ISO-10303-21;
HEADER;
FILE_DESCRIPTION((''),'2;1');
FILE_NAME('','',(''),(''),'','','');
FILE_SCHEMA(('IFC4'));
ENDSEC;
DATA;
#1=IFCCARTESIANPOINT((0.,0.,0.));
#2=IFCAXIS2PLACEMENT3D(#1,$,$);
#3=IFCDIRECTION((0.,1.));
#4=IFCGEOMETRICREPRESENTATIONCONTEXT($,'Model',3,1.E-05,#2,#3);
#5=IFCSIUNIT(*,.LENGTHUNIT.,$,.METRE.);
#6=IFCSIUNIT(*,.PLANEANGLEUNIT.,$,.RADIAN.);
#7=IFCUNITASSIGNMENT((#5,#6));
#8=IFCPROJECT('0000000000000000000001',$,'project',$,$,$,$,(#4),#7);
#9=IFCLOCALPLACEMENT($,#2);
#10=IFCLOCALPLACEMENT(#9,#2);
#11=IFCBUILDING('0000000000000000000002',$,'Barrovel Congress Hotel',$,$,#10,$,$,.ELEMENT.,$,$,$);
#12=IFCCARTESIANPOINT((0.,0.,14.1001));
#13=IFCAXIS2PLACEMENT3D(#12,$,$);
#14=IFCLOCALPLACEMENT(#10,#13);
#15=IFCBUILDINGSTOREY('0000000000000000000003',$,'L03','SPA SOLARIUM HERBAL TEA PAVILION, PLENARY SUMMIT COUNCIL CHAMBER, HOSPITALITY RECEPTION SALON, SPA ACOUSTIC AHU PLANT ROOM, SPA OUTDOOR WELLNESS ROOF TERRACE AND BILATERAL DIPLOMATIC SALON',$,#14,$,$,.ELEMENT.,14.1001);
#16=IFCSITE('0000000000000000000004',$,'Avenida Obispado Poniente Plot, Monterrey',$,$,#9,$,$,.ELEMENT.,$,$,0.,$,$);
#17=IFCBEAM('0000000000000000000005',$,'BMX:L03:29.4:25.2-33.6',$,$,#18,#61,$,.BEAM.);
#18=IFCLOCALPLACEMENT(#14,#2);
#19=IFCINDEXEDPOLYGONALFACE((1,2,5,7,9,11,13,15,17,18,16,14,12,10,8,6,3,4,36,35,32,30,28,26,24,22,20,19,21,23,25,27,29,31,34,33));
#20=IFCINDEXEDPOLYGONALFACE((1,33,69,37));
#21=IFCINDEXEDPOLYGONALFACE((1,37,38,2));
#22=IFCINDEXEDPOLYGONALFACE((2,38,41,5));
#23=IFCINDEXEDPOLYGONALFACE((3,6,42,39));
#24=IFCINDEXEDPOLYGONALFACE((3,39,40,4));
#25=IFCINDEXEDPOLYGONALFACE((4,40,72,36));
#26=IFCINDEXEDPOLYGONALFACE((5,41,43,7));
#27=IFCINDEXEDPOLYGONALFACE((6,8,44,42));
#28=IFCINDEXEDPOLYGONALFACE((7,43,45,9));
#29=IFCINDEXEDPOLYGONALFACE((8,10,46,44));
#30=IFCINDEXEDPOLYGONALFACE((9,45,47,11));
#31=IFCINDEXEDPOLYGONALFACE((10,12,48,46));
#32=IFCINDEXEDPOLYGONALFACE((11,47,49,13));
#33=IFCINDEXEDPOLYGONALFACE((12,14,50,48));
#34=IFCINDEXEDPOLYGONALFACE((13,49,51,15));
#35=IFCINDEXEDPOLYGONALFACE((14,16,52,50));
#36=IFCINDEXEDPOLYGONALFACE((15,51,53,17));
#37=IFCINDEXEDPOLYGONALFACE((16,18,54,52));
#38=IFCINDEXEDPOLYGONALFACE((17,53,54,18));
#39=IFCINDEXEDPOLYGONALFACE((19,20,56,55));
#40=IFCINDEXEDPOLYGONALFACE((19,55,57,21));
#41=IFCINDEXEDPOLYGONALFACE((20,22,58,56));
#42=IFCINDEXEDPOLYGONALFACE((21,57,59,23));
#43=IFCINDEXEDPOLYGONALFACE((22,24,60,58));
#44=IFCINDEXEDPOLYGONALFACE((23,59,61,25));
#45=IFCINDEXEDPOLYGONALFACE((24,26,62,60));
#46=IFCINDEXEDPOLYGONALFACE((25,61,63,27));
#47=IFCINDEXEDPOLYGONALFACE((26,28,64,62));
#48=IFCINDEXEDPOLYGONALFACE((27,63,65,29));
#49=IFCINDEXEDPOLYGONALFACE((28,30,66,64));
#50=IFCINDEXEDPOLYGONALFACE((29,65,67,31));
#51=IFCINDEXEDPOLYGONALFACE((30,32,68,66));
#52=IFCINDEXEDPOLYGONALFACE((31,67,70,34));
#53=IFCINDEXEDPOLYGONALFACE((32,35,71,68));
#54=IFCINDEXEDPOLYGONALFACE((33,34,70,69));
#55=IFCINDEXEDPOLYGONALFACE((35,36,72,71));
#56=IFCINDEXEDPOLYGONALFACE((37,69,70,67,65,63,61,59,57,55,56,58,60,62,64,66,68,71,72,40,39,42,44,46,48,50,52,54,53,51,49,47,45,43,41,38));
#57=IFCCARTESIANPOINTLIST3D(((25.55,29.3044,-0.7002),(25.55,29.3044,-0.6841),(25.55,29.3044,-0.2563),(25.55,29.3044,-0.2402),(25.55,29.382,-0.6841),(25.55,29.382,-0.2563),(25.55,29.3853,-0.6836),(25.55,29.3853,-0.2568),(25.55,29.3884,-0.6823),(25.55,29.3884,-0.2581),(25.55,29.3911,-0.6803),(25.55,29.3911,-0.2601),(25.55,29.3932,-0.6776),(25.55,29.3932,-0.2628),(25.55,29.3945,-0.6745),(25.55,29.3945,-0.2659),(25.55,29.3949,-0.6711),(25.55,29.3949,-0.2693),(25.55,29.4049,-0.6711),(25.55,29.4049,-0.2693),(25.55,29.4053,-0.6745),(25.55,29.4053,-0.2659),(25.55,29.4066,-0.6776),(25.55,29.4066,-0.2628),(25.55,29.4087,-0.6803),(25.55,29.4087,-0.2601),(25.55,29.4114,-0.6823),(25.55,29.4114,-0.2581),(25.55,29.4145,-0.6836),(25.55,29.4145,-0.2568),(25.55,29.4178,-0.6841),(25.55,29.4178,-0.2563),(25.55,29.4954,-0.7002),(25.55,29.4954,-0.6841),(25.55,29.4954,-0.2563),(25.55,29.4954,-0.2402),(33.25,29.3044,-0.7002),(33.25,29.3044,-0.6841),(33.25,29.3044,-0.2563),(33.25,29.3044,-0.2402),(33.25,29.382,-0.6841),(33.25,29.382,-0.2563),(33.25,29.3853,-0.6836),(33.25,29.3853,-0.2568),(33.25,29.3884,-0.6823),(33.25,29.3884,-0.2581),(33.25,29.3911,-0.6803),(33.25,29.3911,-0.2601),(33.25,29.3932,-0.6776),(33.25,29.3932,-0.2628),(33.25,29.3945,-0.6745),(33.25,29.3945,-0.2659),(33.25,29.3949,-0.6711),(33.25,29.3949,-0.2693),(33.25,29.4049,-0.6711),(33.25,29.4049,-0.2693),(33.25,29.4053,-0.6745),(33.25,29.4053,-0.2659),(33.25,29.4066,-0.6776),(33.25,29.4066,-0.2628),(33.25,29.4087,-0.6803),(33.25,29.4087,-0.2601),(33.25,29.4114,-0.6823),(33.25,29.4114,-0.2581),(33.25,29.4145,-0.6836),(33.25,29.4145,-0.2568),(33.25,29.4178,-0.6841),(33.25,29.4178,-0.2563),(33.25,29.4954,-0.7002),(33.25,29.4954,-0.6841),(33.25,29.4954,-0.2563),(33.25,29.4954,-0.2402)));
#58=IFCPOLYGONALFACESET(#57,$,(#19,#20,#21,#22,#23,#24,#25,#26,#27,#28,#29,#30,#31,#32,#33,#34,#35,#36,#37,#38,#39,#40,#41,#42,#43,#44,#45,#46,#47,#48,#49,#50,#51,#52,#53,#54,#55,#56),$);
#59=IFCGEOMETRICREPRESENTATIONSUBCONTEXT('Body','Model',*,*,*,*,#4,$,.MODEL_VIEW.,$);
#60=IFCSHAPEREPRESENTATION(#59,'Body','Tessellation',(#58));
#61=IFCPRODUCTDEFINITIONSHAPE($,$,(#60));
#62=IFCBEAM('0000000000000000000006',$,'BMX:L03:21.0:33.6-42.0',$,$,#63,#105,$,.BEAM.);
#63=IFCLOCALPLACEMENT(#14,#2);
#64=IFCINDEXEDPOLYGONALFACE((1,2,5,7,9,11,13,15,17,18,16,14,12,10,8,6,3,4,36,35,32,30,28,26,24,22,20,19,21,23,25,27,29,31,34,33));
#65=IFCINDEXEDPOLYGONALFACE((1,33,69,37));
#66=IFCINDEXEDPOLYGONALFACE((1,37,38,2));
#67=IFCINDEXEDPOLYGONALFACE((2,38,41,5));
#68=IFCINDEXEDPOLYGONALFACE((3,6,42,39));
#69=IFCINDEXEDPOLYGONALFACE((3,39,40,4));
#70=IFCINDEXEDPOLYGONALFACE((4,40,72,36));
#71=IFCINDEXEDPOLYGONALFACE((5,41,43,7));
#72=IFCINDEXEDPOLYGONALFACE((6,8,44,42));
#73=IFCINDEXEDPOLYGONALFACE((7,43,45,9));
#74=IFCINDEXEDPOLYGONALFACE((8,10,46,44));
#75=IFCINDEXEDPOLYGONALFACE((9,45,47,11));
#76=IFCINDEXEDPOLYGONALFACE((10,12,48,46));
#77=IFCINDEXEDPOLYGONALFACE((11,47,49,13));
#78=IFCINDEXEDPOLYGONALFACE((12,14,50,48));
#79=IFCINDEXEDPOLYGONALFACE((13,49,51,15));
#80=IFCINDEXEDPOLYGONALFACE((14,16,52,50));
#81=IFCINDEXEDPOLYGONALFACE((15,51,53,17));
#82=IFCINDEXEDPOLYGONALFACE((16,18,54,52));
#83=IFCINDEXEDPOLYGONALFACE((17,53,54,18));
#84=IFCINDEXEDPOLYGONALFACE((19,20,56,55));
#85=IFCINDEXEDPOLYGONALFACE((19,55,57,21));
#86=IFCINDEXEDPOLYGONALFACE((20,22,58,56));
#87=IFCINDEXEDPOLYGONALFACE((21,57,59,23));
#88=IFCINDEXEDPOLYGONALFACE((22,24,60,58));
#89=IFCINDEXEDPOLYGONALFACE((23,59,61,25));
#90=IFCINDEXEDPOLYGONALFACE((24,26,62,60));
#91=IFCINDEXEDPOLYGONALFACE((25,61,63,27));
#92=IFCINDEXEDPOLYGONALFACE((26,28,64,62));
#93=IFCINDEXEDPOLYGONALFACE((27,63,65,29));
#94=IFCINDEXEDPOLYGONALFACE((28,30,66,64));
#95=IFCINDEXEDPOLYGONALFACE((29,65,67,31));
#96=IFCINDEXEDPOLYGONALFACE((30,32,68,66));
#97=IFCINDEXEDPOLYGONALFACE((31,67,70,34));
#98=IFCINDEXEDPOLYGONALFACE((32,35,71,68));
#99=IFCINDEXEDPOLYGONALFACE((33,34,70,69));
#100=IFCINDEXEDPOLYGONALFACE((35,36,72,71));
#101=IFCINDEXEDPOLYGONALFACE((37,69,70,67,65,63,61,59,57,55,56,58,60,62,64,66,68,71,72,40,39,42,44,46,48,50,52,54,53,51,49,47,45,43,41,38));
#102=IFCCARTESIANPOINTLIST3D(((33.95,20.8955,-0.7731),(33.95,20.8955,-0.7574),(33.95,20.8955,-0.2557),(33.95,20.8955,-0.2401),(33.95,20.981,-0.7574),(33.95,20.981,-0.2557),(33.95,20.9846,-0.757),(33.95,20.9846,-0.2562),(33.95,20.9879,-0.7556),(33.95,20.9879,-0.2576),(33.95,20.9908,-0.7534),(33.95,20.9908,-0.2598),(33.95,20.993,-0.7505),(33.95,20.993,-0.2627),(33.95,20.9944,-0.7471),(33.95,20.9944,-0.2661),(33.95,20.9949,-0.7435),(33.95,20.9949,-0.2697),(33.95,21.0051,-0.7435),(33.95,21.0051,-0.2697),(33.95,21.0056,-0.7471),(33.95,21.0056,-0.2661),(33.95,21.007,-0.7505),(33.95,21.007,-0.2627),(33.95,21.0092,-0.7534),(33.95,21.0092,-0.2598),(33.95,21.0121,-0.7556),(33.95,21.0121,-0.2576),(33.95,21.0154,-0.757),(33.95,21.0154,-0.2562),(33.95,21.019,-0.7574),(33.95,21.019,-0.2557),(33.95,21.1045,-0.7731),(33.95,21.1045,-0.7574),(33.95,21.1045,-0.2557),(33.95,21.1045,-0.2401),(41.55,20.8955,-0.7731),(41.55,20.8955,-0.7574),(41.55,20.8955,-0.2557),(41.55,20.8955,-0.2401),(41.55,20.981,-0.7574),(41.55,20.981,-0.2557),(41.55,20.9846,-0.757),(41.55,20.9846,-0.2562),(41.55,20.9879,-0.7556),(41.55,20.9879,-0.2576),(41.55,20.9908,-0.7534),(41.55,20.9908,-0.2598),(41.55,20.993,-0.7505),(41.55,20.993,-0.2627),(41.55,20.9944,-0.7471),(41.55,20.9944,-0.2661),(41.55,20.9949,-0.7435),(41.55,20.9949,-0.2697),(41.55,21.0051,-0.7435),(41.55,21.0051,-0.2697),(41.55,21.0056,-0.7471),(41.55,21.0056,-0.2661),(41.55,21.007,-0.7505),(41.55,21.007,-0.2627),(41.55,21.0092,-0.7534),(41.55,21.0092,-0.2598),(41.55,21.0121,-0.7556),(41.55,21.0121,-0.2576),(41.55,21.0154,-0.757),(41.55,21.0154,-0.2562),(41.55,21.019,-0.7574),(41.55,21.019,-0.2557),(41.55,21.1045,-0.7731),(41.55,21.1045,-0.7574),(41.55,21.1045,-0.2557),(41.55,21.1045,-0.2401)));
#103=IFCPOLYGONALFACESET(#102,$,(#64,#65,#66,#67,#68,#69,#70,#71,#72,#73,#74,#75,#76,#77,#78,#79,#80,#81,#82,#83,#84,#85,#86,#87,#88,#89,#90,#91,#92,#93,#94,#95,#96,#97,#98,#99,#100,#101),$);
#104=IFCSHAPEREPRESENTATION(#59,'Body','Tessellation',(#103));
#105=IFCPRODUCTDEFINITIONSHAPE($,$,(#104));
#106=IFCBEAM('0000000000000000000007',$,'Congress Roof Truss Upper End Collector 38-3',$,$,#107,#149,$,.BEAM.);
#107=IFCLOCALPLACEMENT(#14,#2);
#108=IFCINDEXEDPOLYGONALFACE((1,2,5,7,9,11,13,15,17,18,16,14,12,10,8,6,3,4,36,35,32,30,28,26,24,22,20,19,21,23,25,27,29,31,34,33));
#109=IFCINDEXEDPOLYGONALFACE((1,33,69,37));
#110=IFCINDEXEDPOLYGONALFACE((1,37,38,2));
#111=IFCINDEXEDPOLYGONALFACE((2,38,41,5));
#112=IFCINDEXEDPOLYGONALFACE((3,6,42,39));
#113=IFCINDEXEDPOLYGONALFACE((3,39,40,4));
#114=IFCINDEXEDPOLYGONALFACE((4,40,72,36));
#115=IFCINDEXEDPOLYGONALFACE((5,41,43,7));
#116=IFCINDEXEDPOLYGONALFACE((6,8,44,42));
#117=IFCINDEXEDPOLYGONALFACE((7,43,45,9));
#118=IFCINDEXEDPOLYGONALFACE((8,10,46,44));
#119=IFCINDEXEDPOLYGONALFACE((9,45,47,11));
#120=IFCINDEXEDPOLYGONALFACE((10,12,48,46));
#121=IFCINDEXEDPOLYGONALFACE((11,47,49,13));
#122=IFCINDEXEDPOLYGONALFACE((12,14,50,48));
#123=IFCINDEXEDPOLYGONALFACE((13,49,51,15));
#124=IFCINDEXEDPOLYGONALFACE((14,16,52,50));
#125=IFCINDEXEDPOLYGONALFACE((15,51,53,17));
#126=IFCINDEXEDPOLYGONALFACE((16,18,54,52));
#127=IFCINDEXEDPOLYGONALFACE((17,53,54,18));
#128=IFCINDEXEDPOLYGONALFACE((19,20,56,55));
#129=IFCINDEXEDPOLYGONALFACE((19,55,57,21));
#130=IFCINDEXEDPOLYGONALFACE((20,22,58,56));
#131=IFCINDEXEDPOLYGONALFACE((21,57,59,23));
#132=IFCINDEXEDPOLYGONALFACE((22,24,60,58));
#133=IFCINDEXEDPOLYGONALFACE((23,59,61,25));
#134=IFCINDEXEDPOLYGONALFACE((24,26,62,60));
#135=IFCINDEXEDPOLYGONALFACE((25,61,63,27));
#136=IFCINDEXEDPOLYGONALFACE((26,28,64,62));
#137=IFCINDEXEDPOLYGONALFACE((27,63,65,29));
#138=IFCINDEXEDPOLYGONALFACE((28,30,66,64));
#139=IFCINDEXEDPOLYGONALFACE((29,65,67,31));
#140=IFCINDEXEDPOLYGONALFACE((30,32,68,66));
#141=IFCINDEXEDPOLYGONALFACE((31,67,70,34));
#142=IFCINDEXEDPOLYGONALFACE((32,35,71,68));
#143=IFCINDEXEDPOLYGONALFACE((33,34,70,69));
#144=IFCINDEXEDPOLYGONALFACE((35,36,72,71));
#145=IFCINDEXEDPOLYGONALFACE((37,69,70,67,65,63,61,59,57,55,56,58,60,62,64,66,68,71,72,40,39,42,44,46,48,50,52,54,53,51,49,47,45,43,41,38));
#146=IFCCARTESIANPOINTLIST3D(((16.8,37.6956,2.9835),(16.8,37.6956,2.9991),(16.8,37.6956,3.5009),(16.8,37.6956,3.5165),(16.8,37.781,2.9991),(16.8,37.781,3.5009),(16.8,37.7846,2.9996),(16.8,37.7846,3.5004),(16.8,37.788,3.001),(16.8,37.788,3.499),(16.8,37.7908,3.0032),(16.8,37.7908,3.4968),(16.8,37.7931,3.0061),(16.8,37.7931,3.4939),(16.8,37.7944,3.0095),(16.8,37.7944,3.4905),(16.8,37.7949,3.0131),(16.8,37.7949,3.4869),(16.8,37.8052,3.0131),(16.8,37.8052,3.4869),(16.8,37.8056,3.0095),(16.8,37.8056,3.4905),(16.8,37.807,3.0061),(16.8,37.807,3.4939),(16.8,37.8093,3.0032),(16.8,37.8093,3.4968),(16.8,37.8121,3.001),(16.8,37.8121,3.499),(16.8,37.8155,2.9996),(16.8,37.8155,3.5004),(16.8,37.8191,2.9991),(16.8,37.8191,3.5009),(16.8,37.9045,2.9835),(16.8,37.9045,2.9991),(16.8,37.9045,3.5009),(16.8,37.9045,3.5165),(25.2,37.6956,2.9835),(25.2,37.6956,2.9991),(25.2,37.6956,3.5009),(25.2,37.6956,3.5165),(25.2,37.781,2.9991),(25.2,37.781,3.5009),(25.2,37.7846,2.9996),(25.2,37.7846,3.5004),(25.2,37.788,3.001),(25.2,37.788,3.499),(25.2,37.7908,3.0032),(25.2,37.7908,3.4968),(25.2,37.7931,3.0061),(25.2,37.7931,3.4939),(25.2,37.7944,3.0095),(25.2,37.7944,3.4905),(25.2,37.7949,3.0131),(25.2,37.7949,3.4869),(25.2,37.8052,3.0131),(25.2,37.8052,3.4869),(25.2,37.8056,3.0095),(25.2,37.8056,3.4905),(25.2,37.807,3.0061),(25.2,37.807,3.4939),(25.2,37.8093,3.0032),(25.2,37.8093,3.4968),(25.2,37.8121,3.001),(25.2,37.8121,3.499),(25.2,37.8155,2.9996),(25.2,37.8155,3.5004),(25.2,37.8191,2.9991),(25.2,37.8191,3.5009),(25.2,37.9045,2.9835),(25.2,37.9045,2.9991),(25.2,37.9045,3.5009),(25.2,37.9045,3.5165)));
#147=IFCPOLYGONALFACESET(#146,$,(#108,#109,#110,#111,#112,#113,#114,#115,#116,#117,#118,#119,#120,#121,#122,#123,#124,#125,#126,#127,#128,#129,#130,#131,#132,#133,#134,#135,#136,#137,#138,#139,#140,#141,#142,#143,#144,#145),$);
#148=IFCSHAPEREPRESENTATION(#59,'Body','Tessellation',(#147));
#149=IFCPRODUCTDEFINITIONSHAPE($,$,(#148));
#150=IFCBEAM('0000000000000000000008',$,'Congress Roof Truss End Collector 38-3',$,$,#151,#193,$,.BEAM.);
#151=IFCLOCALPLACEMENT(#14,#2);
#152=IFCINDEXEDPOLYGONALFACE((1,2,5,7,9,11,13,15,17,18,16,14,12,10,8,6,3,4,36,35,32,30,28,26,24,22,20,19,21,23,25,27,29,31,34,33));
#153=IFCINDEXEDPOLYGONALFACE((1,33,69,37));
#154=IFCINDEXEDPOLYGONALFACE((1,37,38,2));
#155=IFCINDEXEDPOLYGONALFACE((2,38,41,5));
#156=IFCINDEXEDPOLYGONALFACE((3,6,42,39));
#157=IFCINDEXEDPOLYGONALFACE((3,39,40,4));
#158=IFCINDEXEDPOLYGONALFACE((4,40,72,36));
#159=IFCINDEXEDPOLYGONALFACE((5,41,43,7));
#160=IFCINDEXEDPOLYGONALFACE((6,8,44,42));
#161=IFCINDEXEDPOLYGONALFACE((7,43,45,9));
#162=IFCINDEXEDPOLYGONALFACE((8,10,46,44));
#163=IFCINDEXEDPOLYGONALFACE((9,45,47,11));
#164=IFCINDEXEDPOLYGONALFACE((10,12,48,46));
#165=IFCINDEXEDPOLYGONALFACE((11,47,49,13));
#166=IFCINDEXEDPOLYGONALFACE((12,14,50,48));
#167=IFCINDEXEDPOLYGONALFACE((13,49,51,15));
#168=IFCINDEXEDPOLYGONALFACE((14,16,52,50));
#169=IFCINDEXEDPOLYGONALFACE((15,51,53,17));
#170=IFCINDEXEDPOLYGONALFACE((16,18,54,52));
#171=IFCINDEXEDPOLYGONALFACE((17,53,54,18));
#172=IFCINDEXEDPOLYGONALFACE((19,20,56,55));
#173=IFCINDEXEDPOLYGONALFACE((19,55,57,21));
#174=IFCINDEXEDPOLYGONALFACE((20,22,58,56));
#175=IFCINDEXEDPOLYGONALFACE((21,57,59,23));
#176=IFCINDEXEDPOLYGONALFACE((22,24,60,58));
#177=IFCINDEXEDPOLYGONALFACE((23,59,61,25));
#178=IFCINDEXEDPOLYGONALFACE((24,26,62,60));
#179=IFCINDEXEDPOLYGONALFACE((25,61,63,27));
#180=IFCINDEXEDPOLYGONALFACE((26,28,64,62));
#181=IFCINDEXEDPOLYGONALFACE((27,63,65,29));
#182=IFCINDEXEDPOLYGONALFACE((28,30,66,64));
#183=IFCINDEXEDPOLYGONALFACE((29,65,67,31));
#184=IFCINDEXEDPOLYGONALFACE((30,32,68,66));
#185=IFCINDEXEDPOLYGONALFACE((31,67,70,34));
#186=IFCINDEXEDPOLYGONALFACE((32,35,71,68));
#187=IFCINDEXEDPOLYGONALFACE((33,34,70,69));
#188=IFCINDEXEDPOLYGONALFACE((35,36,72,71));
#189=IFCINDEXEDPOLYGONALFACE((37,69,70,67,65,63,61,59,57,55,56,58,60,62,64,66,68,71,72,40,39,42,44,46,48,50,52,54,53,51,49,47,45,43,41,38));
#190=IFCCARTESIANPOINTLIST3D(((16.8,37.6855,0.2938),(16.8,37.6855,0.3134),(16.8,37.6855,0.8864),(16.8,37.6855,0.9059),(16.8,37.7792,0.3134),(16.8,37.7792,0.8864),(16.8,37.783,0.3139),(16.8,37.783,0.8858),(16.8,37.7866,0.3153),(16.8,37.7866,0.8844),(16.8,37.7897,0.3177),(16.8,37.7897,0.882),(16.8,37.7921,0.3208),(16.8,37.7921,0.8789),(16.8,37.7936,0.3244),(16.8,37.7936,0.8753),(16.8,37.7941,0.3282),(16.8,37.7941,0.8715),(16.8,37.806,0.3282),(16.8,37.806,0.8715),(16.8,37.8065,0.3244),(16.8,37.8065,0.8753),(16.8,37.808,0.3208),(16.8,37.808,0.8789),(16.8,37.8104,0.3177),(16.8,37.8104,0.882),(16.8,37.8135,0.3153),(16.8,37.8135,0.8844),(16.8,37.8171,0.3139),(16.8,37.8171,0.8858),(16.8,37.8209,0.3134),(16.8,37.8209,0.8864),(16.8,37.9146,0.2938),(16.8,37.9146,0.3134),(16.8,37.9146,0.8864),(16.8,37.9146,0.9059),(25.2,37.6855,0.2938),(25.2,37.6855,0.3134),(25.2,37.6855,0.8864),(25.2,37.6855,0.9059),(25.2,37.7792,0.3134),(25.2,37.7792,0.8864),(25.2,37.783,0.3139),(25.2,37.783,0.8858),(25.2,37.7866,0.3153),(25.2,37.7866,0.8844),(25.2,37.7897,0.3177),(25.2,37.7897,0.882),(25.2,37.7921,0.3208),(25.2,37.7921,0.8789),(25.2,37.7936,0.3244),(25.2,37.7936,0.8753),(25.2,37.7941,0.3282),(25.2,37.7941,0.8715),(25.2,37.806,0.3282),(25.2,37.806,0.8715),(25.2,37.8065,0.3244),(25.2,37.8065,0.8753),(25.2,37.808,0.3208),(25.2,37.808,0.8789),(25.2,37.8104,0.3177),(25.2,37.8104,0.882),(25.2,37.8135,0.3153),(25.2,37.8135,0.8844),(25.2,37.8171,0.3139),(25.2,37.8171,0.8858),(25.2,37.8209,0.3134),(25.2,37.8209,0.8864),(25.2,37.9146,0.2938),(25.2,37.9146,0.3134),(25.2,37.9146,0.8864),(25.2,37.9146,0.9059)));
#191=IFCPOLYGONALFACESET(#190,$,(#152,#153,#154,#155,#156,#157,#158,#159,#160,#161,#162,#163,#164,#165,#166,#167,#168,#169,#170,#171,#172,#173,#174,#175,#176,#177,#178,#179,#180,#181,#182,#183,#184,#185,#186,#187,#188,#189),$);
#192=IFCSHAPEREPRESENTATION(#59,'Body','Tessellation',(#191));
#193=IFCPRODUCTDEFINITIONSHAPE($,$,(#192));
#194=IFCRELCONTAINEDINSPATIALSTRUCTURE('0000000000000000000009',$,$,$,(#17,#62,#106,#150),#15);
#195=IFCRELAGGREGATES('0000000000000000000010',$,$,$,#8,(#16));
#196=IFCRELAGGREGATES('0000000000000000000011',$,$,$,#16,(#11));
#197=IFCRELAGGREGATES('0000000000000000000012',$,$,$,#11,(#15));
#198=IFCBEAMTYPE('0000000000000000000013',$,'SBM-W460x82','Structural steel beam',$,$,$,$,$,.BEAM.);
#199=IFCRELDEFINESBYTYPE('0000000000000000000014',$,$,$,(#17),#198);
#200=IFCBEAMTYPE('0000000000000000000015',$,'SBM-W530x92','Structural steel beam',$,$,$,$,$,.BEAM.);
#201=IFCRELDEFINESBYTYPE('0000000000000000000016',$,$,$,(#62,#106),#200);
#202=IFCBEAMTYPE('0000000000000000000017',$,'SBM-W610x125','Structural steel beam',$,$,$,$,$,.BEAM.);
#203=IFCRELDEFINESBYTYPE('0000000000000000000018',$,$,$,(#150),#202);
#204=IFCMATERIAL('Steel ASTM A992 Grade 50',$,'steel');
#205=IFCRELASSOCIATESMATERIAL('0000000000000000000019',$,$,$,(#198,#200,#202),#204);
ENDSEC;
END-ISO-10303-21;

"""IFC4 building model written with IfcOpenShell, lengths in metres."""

from ifc_helpers import new_model, si_unit, direction, frame, origin, origin_2d, place, context, subcontext, project, spatial, i_section, extrude, material, material_profile, profile_set, type_object, element, save


model = new_model("IFC4")

# Units and contexts
model_context = context("Model", 3, precision=1e-05, world=origin(), true_north=direction((0.0, 1.0)))
body_context = subcontext(model_context, "Body", "Model", "MODEL_VIEW")
ifc_project = project(units=[si_unit("LENGTHUNIT", "METRE"), si_unit("PLANEANGLEUNIT", "RADIAN")], contexts=[model_context])

# Site, building, storey
site_placement = place(None, origin())
site = spatial("IfcSite", under=ifc_project, at=site_placement, Name="Avenida Obispado Poniente Plot, Monterrey", CompositionType="ELEMENT", RefElevation=0.0)
building_placement = place(site_placement, origin())
building = spatial("IfcBuilding", under=site, at=building_placement, Name="Barrovel Congress Hotel", CompositionType="ELEMENT")
storey_placement = place(building_placement, frame((0.0, 0.0, 14.1001)))
storey = spatial("IfcBuildingStorey", under=building, at=storey_placement, Name="L03", Description="SPA SOLARIUM HERBAL TEA PAVILION, PLENARY SUMMIT COUNCIL CHAMBER, HOSPITALITY RECEPTION SALON, SPA ACOUSTIC AHU PLANT ROOM, SPA OUTDOOR WELLNESS ROOF TERRACE AND BILATERAL DIPLOMATIC SALON", CompositionType="ELEMENT", Elevation=14.1001)

# Beams
ifc_material_1 = material(Name="Steel ASTM A992 Grade 50", Category="steel")
ifc_material_profile_1 = material_profile(ifc_material_1, i_section(OverallWidth=0.1909, OverallDepth=0.46, WebThickness=0.01, FlangeThickness=0.0161, FilletRadius=0.0129, at=origin_2d()), Name="W460x82")
ifc_profile_set_1 = profile_set([ifc_material_profile_1], Name="Steel ASTM A992 Grade 50")
beam_type_1 = type_object("IfcBeamType", Name="SBM-W460x82", Description="Structural steel beam", PredefinedType="BEAM", material=ifc_profile_set_1)
beam_1_placement = place(storey_placement, frame((25.55, 29.3999, -0.4702), z_axis=(1.0, 0.0, 0.0), x_axis=(0.0, 1.0, 0.0)))
element("IfcBeam", 1, at=beam_1_placement, inside=storey, type_object=beam_type_1, Name="BMX:L03:29.4:25.2-33.6", PredefinedType="BEAM", context=body_context, shape_type="SweptSolid", body=[
    extrude(i_section(OverallWidth=0.1909, OverallDepth=0.46, WebThickness=0.01, FlangeThickness=0.0161, FilletRadius=0.0129, at=origin_2d()), origin(), (0.0, 0.0, 1.0), 7.7),
])
ifc_material_profile_2 = material_profile(ifc_material_1, i_section(OverallWidth=0.209, OverallDepth=0.533, WebThickness=0.0103, FlangeThickness=0.0156, FilletRadius=0.0139, at=origin_2d()), Name="W530x92")
ifc_profile_set_2 = profile_set([ifc_material_profile_2], Name="Steel ASTM A992 Grade 50")
beam_type_2 = type_object("IfcBeamType", Name="SBM-W530x92", Description="Structural steel beam", PredefinedType="BEAM", material=ifc_profile_set_2)
beam_2_placement = place(storey_placement, frame((33.95, 21.0, -0.5066), z_axis=(1.0, 0.0, 0.0), x_axis=(0.0, 1.0, 0.0)))
element("IfcBeam", 2, at=beam_2_placement, inside=storey, type_object=beam_type_2, Name="BMX:L03:21.0:33.6-42.0", PredefinedType="BEAM", context=body_context, shape_type="SweptSolid", body=[
    extrude(i_section(OverallWidth=0.209, OverallDepth=0.533, WebThickness=0.0103, FlangeThickness=0.0156, FilletRadius=0.0139, at=origin_2d()), origin(), (0.0, 0.0, 1.0), 7.6001),
])
beam_3_placement = place(storey_placement, frame((16.8, 37.8, 3.25), z_axis=(1.0, 0.0, 0.0), x_axis=(0.0, 1.0, 0.0)))
element("IfcBeam", 3, at=beam_3_placement, inside=storey, type_object=beam_type_2, Name="Congress Roof Truss Upper End Collector 38-3", PredefinedType="BEAM", context=body_context, shape_type="SweptSolid", body=[
    extrude(i_section(OverallWidth=0.209, OverallDepth=0.533, WebThickness=0.0103, FlangeThickness=0.0156, FilletRadius=0.0139, at=origin_2d()), origin(), (0.0, 0.0, 1.0), 8.3999),
])
ifc_material_profile_3 = material_profile(ifc_material_1, i_section(OverallWidth=0.229, OverallDepth=0.6121, WebThickness=0.012, FlangeThickness=0.0195, FilletRadius=0.0149, at=origin_2d()), Name="W610x125")
ifc_profile_set_3 = profile_set([ifc_material_profile_3], Name="Steel ASTM A992 Grade 50")
beam_type_3 = type_object("IfcBeamType", Name="SBM-W610x125", Description="Structural steel beam", PredefinedType="BEAM", material=ifc_profile_set_3)
beam_4_placement = place(storey_placement, frame((16.8, 37.8, 0.5999), z_axis=(1.0, 0.0, 0.0), x_axis=(0.0, 1.0, 0.0)))
element("IfcBeam", 4, at=beam_4_placement, inside=storey, type_object=beam_type_3, Name="Congress Roof Truss End Collector 38-3", PredefinedType="BEAM", context=body_context, shape_type="SweptSolid", body=[
    extrude(i_section(OverallWidth=0.229, OverallDepth=0.6121, WebThickness=0.012, FlangeThickness=0.0195, FilletRadius=0.0149, at=origin_2d()), origin(), (0.0, 0.0, 1.0), 8.3999),
])

save(model, "model.ifc")
